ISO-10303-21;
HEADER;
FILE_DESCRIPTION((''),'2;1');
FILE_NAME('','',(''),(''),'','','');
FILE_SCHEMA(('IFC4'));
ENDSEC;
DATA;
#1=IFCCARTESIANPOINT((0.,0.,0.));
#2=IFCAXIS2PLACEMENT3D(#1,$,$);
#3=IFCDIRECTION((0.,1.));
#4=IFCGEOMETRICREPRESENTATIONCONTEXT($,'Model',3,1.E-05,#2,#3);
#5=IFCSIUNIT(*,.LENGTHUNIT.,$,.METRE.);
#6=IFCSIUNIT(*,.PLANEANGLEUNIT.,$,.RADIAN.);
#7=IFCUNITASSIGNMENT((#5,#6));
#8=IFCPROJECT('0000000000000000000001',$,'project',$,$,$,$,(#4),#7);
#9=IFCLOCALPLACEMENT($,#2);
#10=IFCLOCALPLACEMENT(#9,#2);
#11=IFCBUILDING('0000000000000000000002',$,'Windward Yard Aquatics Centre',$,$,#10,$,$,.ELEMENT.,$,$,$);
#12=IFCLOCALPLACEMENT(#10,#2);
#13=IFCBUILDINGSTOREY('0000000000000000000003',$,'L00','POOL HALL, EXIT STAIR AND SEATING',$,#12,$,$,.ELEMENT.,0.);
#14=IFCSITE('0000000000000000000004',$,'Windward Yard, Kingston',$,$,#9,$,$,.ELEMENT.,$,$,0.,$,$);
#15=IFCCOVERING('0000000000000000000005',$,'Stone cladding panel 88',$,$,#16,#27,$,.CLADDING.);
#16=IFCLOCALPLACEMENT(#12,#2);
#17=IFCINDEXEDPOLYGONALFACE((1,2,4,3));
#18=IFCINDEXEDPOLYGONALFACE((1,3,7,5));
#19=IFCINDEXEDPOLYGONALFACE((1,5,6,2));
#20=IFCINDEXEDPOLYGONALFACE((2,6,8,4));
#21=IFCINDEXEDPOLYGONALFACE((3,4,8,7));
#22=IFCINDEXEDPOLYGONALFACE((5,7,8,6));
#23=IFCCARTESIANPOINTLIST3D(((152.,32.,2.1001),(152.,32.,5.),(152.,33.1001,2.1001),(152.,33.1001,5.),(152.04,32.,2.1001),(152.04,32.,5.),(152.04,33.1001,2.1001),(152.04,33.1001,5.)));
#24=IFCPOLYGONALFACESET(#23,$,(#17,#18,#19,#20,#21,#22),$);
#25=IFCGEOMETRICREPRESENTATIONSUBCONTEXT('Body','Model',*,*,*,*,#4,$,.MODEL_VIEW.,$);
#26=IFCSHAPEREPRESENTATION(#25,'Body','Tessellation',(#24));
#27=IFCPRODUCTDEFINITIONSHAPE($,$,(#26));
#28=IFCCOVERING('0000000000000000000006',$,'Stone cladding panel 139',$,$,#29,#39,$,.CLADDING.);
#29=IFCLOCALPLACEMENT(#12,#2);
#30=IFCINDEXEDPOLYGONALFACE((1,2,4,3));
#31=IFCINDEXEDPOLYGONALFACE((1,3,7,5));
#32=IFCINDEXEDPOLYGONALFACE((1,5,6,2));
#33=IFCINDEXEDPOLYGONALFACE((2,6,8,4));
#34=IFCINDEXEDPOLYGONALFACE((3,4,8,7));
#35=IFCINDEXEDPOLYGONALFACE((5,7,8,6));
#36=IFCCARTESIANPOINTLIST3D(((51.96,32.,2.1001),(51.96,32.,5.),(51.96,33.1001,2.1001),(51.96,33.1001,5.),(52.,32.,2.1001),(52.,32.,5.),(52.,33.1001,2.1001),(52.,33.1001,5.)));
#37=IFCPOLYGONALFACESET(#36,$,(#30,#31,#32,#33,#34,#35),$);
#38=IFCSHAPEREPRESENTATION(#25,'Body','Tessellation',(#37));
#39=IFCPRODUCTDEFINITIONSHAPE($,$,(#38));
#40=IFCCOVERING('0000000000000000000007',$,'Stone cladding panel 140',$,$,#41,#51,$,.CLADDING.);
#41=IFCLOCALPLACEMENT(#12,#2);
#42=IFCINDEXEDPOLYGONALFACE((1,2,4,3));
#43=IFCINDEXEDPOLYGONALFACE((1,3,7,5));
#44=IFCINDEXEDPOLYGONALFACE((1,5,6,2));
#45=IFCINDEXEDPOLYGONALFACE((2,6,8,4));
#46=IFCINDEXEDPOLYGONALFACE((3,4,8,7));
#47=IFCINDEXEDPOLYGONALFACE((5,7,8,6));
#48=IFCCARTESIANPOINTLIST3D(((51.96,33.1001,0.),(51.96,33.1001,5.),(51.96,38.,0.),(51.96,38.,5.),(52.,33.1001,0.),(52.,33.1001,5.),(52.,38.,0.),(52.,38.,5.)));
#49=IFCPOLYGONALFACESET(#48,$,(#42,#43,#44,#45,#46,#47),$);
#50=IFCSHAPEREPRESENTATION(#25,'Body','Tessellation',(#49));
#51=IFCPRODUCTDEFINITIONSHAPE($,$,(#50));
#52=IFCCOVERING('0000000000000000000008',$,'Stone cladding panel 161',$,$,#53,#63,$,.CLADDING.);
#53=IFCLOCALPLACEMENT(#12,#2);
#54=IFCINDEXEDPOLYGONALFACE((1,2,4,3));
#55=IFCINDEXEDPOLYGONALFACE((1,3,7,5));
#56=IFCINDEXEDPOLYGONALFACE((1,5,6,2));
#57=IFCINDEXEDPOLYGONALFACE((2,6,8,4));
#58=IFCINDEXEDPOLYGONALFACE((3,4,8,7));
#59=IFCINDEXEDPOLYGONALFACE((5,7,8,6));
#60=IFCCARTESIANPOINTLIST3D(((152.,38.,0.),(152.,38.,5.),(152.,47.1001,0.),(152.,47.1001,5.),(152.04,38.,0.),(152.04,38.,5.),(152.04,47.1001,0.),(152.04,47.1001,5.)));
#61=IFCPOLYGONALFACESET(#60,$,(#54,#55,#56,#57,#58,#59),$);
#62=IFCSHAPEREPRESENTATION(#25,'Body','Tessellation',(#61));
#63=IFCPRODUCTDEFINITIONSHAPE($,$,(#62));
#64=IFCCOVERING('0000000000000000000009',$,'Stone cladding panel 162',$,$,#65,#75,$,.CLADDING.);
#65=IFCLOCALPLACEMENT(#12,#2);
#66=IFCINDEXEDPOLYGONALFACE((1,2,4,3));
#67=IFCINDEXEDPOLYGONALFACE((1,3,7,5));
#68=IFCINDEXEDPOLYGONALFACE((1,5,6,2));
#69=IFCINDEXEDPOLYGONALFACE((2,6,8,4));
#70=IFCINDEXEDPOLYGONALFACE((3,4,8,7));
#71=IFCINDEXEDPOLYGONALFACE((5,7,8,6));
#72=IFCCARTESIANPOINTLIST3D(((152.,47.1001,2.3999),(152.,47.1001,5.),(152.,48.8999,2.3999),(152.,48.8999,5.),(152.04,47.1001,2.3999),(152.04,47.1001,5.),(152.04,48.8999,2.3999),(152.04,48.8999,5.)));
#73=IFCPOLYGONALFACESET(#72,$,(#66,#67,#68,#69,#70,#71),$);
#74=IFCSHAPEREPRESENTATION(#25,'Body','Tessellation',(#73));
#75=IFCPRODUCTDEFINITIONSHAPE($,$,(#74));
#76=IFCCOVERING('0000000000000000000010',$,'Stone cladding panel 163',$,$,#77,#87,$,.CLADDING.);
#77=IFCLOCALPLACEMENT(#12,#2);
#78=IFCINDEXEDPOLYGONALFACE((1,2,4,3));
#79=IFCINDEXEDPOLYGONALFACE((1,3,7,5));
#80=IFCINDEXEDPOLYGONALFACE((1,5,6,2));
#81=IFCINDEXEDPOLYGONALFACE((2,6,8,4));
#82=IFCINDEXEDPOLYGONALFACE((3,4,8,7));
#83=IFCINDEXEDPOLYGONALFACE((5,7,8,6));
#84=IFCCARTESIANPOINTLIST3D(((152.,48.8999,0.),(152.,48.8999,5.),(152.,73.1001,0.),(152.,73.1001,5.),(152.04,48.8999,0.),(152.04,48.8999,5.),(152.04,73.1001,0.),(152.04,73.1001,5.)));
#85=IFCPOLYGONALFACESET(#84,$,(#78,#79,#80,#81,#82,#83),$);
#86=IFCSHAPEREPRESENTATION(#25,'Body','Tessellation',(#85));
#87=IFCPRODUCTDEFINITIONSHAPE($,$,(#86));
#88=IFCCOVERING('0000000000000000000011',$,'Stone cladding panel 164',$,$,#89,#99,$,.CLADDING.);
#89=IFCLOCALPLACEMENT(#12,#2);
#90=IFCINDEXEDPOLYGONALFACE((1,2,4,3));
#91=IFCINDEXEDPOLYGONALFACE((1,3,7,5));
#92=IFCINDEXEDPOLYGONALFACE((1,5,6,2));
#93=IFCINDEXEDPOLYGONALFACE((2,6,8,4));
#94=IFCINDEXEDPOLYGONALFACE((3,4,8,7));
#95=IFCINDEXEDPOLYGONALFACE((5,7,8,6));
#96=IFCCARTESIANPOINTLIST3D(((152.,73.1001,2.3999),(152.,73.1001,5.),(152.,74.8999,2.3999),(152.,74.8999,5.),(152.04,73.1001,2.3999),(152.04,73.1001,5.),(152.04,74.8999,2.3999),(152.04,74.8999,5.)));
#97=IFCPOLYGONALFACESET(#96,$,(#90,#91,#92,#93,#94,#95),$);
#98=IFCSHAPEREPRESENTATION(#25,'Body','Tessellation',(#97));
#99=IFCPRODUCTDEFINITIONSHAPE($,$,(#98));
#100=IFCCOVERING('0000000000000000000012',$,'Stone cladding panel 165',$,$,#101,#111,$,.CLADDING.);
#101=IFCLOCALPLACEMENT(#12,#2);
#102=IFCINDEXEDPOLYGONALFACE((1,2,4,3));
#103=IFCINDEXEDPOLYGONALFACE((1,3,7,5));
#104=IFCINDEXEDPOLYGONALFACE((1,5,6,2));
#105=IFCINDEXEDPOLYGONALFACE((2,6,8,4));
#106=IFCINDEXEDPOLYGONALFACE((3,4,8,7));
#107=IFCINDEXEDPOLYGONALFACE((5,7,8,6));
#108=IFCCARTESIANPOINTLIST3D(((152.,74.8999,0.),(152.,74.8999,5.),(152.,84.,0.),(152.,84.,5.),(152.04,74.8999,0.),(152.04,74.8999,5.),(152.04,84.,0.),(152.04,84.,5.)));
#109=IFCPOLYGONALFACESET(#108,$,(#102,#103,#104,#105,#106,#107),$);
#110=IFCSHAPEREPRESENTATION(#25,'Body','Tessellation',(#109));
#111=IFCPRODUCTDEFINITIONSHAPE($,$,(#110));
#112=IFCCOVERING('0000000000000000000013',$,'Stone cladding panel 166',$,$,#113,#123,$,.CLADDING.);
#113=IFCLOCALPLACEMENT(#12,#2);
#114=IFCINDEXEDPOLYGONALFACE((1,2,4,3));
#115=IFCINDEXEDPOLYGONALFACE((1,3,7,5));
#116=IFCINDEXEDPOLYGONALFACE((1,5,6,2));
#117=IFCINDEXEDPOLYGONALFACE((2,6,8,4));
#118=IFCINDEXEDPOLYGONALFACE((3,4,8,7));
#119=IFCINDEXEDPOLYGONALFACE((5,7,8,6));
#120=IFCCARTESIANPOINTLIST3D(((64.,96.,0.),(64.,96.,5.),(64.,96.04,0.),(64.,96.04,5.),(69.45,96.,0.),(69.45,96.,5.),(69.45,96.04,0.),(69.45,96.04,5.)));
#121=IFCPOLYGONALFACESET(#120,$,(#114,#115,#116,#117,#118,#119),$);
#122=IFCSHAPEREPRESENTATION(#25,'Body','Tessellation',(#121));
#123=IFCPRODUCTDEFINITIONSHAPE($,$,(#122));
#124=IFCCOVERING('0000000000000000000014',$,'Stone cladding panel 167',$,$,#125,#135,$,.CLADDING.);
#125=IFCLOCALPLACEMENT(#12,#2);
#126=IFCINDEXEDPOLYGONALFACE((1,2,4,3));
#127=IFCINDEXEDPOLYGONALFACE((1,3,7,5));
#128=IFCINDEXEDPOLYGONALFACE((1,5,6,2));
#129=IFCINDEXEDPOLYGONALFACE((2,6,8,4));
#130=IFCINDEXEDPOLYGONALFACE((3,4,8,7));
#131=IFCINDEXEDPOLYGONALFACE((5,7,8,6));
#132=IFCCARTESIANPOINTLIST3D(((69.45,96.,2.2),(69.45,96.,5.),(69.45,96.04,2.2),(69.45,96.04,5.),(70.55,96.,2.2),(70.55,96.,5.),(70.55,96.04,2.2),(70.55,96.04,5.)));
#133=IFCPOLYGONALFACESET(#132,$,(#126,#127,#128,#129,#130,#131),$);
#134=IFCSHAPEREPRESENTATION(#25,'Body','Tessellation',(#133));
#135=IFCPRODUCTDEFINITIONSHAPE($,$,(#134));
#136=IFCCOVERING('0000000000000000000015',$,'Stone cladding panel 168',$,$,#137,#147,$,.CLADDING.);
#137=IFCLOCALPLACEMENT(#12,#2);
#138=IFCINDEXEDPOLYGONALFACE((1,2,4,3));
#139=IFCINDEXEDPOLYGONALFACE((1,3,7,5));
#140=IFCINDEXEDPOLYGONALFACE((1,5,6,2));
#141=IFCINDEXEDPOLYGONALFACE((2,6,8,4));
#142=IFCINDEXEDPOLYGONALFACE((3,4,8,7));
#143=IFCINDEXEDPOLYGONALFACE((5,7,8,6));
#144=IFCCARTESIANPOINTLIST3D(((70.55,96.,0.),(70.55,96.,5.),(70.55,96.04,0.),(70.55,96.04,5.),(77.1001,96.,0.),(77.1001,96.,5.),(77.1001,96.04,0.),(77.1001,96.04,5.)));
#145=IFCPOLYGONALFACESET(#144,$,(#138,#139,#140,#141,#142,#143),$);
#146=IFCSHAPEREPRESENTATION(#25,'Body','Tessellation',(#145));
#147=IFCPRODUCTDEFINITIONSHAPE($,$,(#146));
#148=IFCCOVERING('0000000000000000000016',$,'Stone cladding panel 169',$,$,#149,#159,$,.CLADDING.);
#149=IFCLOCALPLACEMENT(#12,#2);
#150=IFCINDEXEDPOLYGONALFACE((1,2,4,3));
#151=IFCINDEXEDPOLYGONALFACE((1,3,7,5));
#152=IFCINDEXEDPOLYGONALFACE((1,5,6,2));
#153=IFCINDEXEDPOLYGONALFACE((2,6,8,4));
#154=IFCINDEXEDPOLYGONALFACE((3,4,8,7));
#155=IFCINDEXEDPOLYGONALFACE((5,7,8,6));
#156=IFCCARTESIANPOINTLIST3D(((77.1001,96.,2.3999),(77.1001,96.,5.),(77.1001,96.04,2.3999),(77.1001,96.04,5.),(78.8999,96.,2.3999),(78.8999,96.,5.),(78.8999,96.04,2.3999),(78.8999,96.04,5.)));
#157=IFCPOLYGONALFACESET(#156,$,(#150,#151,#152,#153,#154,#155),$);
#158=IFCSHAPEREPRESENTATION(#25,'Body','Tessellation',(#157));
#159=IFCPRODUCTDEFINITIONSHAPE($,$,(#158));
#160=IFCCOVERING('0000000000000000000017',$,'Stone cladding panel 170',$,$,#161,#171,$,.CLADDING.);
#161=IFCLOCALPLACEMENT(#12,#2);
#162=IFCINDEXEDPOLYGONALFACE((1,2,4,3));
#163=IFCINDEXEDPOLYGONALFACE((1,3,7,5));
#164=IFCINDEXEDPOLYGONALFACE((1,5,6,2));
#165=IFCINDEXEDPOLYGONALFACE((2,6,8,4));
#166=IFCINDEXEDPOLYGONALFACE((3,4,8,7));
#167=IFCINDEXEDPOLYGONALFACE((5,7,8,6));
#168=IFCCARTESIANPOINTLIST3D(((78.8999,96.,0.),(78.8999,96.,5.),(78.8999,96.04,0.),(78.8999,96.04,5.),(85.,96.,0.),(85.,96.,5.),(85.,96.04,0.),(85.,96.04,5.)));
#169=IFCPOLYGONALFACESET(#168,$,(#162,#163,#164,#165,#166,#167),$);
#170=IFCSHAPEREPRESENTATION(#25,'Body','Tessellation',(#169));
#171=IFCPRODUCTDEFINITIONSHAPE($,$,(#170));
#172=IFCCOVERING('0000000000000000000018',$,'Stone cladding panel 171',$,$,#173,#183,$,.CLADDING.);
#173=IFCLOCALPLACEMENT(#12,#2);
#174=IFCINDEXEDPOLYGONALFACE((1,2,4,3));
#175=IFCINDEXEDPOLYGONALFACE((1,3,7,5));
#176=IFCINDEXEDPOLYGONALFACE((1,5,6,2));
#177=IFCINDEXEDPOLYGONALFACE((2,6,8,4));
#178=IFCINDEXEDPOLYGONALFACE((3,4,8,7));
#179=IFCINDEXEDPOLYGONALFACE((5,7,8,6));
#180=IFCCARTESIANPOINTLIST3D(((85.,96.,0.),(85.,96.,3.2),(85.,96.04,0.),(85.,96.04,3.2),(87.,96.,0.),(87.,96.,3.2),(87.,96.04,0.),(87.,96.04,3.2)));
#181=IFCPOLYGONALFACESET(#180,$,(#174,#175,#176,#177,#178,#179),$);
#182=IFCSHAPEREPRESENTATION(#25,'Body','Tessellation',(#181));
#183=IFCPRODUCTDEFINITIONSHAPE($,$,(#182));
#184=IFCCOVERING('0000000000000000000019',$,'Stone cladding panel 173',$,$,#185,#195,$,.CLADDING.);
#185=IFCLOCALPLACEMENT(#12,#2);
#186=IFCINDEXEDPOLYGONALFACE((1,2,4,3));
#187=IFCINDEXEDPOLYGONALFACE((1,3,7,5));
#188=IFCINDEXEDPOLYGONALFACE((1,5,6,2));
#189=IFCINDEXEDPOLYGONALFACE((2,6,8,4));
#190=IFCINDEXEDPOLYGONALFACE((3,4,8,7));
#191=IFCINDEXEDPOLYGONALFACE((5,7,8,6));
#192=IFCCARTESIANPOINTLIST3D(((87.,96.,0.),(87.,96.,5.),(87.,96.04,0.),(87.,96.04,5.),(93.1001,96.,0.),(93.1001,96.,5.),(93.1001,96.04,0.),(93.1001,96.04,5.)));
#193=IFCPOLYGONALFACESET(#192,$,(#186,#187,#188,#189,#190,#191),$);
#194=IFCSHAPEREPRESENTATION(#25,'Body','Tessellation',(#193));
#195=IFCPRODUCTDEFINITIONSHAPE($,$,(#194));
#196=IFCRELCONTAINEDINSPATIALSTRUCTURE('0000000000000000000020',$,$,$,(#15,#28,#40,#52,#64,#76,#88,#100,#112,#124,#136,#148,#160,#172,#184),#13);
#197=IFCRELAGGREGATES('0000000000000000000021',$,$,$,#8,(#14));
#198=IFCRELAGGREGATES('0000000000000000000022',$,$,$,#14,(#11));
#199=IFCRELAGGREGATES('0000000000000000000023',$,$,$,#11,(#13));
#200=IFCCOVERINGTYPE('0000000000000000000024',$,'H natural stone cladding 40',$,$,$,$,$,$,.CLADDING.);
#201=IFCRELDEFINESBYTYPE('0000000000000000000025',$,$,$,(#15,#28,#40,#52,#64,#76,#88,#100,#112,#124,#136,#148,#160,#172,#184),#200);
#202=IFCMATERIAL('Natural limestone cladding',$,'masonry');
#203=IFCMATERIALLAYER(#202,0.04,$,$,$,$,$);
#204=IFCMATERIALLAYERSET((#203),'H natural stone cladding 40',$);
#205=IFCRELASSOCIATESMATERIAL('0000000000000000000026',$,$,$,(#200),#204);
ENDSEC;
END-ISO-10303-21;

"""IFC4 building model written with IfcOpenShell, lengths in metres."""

from ifc_helpers import new_model, si_unit, direction, frame, origin, place, context, subcontext, project, spatial, polyline, outline, extrude, material, layer, layer_set, type_object, element, save


model = new_model("IFC4")

# Units and contexts
model_context = context("Model", 3, precision=1e-05, world=origin(), true_north=direction((0.0, 1.0)))
body_context = subcontext(model_context, "Body", "Model", "MODEL_VIEW")
ifc_project = project(units=[si_unit("LENGTHUNIT", "METRE"), si_unit("PLANEANGLEUNIT", "RADIAN")], contexts=[model_context])

# Site, building, storey
site_placement = place(None, origin())
site = spatial("IfcSite", under=ifc_project, at=site_placement, Name="Windward Yard, Kingston", CompositionType="ELEMENT", RefElevation=0.0)
building_placement = place(site_placement, origin())
building = spatial("IfcBuilding", under=site, at=building_placement, Name="Windward Yard Aquatics Centre", CompositionType="ELEMENT")
storey_placement = place(building_placement, origin())
storey = spatial("IfcBuildingStorey", under=building, at=storey_placement, Name="L00", Description="POOL HALL, EXIT STAIR AND SEATING", CompositionType="ELEMENT", Elevation=0.0)

# Coverings
ifc_material_1 = material(Name="Natural limestone cladding", Category="masonry")
ifc_layer_1 = layer(ifc_material_1, 0.04)
ifc_layer_set_1 = layer_set([ifc_layer_1], Name="H natural stone cladding 40")
covering_type_1 = type_object("IfcCoveringType", Name="H natural stone cladding 40", PredefinedType="CLADDING", material=ifc_layer_set_1)
covering_1_placement = place(storey_placement, frame((0.0, 0.0, 2.1001)))
element("IfcCovering", 1, at=covering_1_placement, inside=storey, type_object=covering_type_1, Name="Stone cladding panel 88", PredefinedType="CLADDING", context=body_context, shape_type="SweptSolid", body=[
    extrude(outline(polyline([(152.0, 32.0), (152.0, 33.1001), (152.04, 33.1001), (152.04, 32.0), (152.0, 32.0)])), origin(), (0.0, 0.0, 1.0), 2.8999),
])
covering_2_placement = place(storey_placement, frame((0.0, 0.0, 2.1001)))
element("IfcCovering", 2, at=covering_2_placement, inside=storey, type_object=covering_type_1, Name="Stone cladding panel 139", PredefinedType="CLADDING", context=body_context, shape_type="SweptSolid", body=[
    extrude(outline(polyline([(51.96, 32.0), (52.0, 32.0), (52.0, 33.1001), (51.96, 33.1001), (51.96, 32.0)])), origin(), (0.0, 0.0, 1.0), 2.8999),
])
covering_3_placement = place(storey_placement, origin())
element("IfcCovering", 3, at=covering_3_placement, inside=storey, type_object=covering_type_1, Name="Stone cladding panel 140", PredefinedType="CLADDING", context=body_context, shape_type="SweptSolid", body=[
    extrude(outline(polyline([(51.96, 33.1001), (52.0, 33.1001), (52.0, 38.0), (51.96, 38.0), (51.96, 33.1001)])), origin(), (0.0, 0.0, 1.0), 5.0),
])
covering_4_placement = place(storey_placement, origin())
element("IfcCovering", 4, at=covering_4_placement, inside=storey, type_object=covering_type_1, Name="Stone cladding panel 161", PredefinedType="CLADDING", context=body_context, shape_type="SweptSolid", body=[
    extrude(outline(polyline([(152.0, 38.0), (152.0, 47.1001), (152.04, 47.1001), (152.04, 38.0), (152.0, 38.0)])), origin(), (0.0, 0.0, 1.0), 5.0),
])
covering_5_placement = place(storey_placement, frame((0.0, 0.0, 2.3999)))
element("IfcCovering", 5, at=covering_5_placement, inside=storey, type_object=covering_type_1, Name="Stone cladding panel 162", PredefinedType="CLADDING", context=body_context, shape_type="SweptSolid", body=[
    extrude(outline(polyline([(152.0, 47.1001), (152.0, 48.8999), (152.04, 48.8999), (152.04, 47.1001), (152.0, 47.1001)])), origin(), (0.0, 0.0, 1.0), 2.6001),
])
covering_6_placement = place(storey_placement, origin())
element("IfcCovering", 6, at=covering_6_placement, inside=storey, type_object=covering_type_1, Name="Stone cladding panel 163", PredefinedType="CLADDING", context=body_context, shape_type="SweptSolid", body=[
    extrude(outline(polyline([(152.0, 48.8999), (152.0, 73.1001), (152.04, 73.1001), (152.04, 48.8999), (152.0, 48.8999)])), origin(), (0.0, 0.0, 1.0), 5.0),
])
covering_7_placement = place(storey_placement, frame((0.0, 0.0, 2.3999)))
element("IfcCovering", 7, at=covering_7_placement, inside=storey, type_object=covering_type_1, Name="Stone cladding panel 164", PredefinedType="CLADDING", context=body_context, shape_type="SweptSolid", body=[
    extrude(outline(polyline([(152.0, 73.1001), (152.0, 74.8999), (152.04, 74.8999), (152.04, 73.1001), (152.0, 73.1001)])), origin(), (0.0, 0.0, 1.0), 2.6001),
])
covering_8_placement = place(storey_placement, origin())
element("IfcCovering", 8, at=covering_8_placement, inside=storey, type_object=covering_type_1, Name="Stone cladding panel 165", PredefinedType="CLADDING", context=body_context, shape_type="SweptSolid", body=[
    extrude(outline(polyline([(152.0, 74.8999), (152.0, 84.0), (152.04, 84.0), (152.04, 74.8999), (152.0, 74.8999)])), origin(), (0.0, 0.0, 1.0), 5.0),
])
covering_9_placement = place(storey_placement, origin())
element("IfcCovering", 9, at=covering_9_placement, inside=storey, type_object=covering_type_1, Name="Stone cladding panel 166", PredefinedType="CLADDING", context=body_context, shape_type="SweptSolid", body=[
    extrude(outline(polyline([(64.0, 96.0), (69.45, 96.0), (69.45, 96.04), (64.0, 96.04), (64.0, 96.0)])), origin(), (0.0, 0.0, 1.0), 5.0),
])
covering_10_placement = place(storey_placement, frame((0.0, 0.0, 2.2)))
element("IfcCovering", 10, at=covering_10_placement, inside=storey, type_object=covering_type_1, Name="Stone cladding panel 167", PredefinedType="CLADDING", context=body_context, shape_type="SweptSolid", body=[
    extrude(outline(polyline([(69.45, 96.0), (70.55, 96.0), (70.55, 96.04), (69.45, 96.04), (69.45, 96.0)])), origin(), (0.0, 0.0, 1.0), 2.8),
])
covering_11_placement = place(storey_placement, origin())
element("IfcCovering", 11, at=covering_11_placement, inside=storey, type_object=covering_type_1, Name="Stone cladding panel 168", PredefinedType="CLADDING", context=body_context, shape_type="SweptSolid", body=[
    extrude(outline(polyline([(70.55, 96.0), (77.1001, 96.0), (77.1001, 96.04), (70.55, 96.04), (70.55, 96.0)])), origin(), (0.0, 0.0, 1.0), 5.0),
])
covering_12_placement = place(storey_placement, frame((0.0, 0.0, 2.3999)))
element("IfcCovering", 12, at=covering_12_placement, inside=storey, type_object=covering_type_1, Name="Stone cladding panel 169", PredefinedType="CLADDING", context=body_context, shape_type="SweptSolid", body=[
    extrude(outline(polyline([(77.1001, 96.0), (78.8999, 96.0), (78.8999, 96.04), (77.1001, 96.04), (77.1001, 96.0)])), origin(), (0.0, 0.0, 1.0), 2.6001),
])
covering_13_placement = place(storey_placement, origin())
element("IfcCovering", 13, at=covering_13_placement, inside=storey, type_object=covering_type_1, Name="Stone cladding panel 170", PredefinedType="CLADDING", context=body_context, shape_type="SweptSolid", body=[
    extrude(outline(polyline([(78.8999, 96.0), (85.0, 96.0), (85.0, 96.04), (78.8999, 96.04), (78.8999, 96.0)])), origin(), (0.0, 0.0, 1.0), 5.0),
])
covering_14_placement = place(storey_placement, origin())
element("IfcCovering", 14, at=covering_14_placement, inside=storey, type_object=covering_type_1, Name="Stone cladding panel 171", PredefinedType="CLADDING", context=body_context, shape_type="SweptSolid", body=[
    extrude(outline(polyline([(85.0, 96.0), (87.0, 96.0), (87.0, 96.04), (85.0, 96.04), (85.0, 96.0)])), origin(), (0.0, 0.0, 1.0), 3.2),
])
covering_15_placement = place(storey_placement, origin())
element("IfcCovering", 15, at=covering_15_placement, inside=storey, type_object=covering_type_1, Name="Stone cladding panel 173", PredefinedType="CLADDING", context=body_context, shape_type="SweptSolid", body=[
    extrude(outline(polyline([(87.0, 96.0), (93.1001, 96.0), (93.1001, 96.04), (87.0, 96.04), (87.0, 96.0)])), origin(), (0.0, 0.0, 1.0), 5.0),
])

save(model, "model.ifc")
